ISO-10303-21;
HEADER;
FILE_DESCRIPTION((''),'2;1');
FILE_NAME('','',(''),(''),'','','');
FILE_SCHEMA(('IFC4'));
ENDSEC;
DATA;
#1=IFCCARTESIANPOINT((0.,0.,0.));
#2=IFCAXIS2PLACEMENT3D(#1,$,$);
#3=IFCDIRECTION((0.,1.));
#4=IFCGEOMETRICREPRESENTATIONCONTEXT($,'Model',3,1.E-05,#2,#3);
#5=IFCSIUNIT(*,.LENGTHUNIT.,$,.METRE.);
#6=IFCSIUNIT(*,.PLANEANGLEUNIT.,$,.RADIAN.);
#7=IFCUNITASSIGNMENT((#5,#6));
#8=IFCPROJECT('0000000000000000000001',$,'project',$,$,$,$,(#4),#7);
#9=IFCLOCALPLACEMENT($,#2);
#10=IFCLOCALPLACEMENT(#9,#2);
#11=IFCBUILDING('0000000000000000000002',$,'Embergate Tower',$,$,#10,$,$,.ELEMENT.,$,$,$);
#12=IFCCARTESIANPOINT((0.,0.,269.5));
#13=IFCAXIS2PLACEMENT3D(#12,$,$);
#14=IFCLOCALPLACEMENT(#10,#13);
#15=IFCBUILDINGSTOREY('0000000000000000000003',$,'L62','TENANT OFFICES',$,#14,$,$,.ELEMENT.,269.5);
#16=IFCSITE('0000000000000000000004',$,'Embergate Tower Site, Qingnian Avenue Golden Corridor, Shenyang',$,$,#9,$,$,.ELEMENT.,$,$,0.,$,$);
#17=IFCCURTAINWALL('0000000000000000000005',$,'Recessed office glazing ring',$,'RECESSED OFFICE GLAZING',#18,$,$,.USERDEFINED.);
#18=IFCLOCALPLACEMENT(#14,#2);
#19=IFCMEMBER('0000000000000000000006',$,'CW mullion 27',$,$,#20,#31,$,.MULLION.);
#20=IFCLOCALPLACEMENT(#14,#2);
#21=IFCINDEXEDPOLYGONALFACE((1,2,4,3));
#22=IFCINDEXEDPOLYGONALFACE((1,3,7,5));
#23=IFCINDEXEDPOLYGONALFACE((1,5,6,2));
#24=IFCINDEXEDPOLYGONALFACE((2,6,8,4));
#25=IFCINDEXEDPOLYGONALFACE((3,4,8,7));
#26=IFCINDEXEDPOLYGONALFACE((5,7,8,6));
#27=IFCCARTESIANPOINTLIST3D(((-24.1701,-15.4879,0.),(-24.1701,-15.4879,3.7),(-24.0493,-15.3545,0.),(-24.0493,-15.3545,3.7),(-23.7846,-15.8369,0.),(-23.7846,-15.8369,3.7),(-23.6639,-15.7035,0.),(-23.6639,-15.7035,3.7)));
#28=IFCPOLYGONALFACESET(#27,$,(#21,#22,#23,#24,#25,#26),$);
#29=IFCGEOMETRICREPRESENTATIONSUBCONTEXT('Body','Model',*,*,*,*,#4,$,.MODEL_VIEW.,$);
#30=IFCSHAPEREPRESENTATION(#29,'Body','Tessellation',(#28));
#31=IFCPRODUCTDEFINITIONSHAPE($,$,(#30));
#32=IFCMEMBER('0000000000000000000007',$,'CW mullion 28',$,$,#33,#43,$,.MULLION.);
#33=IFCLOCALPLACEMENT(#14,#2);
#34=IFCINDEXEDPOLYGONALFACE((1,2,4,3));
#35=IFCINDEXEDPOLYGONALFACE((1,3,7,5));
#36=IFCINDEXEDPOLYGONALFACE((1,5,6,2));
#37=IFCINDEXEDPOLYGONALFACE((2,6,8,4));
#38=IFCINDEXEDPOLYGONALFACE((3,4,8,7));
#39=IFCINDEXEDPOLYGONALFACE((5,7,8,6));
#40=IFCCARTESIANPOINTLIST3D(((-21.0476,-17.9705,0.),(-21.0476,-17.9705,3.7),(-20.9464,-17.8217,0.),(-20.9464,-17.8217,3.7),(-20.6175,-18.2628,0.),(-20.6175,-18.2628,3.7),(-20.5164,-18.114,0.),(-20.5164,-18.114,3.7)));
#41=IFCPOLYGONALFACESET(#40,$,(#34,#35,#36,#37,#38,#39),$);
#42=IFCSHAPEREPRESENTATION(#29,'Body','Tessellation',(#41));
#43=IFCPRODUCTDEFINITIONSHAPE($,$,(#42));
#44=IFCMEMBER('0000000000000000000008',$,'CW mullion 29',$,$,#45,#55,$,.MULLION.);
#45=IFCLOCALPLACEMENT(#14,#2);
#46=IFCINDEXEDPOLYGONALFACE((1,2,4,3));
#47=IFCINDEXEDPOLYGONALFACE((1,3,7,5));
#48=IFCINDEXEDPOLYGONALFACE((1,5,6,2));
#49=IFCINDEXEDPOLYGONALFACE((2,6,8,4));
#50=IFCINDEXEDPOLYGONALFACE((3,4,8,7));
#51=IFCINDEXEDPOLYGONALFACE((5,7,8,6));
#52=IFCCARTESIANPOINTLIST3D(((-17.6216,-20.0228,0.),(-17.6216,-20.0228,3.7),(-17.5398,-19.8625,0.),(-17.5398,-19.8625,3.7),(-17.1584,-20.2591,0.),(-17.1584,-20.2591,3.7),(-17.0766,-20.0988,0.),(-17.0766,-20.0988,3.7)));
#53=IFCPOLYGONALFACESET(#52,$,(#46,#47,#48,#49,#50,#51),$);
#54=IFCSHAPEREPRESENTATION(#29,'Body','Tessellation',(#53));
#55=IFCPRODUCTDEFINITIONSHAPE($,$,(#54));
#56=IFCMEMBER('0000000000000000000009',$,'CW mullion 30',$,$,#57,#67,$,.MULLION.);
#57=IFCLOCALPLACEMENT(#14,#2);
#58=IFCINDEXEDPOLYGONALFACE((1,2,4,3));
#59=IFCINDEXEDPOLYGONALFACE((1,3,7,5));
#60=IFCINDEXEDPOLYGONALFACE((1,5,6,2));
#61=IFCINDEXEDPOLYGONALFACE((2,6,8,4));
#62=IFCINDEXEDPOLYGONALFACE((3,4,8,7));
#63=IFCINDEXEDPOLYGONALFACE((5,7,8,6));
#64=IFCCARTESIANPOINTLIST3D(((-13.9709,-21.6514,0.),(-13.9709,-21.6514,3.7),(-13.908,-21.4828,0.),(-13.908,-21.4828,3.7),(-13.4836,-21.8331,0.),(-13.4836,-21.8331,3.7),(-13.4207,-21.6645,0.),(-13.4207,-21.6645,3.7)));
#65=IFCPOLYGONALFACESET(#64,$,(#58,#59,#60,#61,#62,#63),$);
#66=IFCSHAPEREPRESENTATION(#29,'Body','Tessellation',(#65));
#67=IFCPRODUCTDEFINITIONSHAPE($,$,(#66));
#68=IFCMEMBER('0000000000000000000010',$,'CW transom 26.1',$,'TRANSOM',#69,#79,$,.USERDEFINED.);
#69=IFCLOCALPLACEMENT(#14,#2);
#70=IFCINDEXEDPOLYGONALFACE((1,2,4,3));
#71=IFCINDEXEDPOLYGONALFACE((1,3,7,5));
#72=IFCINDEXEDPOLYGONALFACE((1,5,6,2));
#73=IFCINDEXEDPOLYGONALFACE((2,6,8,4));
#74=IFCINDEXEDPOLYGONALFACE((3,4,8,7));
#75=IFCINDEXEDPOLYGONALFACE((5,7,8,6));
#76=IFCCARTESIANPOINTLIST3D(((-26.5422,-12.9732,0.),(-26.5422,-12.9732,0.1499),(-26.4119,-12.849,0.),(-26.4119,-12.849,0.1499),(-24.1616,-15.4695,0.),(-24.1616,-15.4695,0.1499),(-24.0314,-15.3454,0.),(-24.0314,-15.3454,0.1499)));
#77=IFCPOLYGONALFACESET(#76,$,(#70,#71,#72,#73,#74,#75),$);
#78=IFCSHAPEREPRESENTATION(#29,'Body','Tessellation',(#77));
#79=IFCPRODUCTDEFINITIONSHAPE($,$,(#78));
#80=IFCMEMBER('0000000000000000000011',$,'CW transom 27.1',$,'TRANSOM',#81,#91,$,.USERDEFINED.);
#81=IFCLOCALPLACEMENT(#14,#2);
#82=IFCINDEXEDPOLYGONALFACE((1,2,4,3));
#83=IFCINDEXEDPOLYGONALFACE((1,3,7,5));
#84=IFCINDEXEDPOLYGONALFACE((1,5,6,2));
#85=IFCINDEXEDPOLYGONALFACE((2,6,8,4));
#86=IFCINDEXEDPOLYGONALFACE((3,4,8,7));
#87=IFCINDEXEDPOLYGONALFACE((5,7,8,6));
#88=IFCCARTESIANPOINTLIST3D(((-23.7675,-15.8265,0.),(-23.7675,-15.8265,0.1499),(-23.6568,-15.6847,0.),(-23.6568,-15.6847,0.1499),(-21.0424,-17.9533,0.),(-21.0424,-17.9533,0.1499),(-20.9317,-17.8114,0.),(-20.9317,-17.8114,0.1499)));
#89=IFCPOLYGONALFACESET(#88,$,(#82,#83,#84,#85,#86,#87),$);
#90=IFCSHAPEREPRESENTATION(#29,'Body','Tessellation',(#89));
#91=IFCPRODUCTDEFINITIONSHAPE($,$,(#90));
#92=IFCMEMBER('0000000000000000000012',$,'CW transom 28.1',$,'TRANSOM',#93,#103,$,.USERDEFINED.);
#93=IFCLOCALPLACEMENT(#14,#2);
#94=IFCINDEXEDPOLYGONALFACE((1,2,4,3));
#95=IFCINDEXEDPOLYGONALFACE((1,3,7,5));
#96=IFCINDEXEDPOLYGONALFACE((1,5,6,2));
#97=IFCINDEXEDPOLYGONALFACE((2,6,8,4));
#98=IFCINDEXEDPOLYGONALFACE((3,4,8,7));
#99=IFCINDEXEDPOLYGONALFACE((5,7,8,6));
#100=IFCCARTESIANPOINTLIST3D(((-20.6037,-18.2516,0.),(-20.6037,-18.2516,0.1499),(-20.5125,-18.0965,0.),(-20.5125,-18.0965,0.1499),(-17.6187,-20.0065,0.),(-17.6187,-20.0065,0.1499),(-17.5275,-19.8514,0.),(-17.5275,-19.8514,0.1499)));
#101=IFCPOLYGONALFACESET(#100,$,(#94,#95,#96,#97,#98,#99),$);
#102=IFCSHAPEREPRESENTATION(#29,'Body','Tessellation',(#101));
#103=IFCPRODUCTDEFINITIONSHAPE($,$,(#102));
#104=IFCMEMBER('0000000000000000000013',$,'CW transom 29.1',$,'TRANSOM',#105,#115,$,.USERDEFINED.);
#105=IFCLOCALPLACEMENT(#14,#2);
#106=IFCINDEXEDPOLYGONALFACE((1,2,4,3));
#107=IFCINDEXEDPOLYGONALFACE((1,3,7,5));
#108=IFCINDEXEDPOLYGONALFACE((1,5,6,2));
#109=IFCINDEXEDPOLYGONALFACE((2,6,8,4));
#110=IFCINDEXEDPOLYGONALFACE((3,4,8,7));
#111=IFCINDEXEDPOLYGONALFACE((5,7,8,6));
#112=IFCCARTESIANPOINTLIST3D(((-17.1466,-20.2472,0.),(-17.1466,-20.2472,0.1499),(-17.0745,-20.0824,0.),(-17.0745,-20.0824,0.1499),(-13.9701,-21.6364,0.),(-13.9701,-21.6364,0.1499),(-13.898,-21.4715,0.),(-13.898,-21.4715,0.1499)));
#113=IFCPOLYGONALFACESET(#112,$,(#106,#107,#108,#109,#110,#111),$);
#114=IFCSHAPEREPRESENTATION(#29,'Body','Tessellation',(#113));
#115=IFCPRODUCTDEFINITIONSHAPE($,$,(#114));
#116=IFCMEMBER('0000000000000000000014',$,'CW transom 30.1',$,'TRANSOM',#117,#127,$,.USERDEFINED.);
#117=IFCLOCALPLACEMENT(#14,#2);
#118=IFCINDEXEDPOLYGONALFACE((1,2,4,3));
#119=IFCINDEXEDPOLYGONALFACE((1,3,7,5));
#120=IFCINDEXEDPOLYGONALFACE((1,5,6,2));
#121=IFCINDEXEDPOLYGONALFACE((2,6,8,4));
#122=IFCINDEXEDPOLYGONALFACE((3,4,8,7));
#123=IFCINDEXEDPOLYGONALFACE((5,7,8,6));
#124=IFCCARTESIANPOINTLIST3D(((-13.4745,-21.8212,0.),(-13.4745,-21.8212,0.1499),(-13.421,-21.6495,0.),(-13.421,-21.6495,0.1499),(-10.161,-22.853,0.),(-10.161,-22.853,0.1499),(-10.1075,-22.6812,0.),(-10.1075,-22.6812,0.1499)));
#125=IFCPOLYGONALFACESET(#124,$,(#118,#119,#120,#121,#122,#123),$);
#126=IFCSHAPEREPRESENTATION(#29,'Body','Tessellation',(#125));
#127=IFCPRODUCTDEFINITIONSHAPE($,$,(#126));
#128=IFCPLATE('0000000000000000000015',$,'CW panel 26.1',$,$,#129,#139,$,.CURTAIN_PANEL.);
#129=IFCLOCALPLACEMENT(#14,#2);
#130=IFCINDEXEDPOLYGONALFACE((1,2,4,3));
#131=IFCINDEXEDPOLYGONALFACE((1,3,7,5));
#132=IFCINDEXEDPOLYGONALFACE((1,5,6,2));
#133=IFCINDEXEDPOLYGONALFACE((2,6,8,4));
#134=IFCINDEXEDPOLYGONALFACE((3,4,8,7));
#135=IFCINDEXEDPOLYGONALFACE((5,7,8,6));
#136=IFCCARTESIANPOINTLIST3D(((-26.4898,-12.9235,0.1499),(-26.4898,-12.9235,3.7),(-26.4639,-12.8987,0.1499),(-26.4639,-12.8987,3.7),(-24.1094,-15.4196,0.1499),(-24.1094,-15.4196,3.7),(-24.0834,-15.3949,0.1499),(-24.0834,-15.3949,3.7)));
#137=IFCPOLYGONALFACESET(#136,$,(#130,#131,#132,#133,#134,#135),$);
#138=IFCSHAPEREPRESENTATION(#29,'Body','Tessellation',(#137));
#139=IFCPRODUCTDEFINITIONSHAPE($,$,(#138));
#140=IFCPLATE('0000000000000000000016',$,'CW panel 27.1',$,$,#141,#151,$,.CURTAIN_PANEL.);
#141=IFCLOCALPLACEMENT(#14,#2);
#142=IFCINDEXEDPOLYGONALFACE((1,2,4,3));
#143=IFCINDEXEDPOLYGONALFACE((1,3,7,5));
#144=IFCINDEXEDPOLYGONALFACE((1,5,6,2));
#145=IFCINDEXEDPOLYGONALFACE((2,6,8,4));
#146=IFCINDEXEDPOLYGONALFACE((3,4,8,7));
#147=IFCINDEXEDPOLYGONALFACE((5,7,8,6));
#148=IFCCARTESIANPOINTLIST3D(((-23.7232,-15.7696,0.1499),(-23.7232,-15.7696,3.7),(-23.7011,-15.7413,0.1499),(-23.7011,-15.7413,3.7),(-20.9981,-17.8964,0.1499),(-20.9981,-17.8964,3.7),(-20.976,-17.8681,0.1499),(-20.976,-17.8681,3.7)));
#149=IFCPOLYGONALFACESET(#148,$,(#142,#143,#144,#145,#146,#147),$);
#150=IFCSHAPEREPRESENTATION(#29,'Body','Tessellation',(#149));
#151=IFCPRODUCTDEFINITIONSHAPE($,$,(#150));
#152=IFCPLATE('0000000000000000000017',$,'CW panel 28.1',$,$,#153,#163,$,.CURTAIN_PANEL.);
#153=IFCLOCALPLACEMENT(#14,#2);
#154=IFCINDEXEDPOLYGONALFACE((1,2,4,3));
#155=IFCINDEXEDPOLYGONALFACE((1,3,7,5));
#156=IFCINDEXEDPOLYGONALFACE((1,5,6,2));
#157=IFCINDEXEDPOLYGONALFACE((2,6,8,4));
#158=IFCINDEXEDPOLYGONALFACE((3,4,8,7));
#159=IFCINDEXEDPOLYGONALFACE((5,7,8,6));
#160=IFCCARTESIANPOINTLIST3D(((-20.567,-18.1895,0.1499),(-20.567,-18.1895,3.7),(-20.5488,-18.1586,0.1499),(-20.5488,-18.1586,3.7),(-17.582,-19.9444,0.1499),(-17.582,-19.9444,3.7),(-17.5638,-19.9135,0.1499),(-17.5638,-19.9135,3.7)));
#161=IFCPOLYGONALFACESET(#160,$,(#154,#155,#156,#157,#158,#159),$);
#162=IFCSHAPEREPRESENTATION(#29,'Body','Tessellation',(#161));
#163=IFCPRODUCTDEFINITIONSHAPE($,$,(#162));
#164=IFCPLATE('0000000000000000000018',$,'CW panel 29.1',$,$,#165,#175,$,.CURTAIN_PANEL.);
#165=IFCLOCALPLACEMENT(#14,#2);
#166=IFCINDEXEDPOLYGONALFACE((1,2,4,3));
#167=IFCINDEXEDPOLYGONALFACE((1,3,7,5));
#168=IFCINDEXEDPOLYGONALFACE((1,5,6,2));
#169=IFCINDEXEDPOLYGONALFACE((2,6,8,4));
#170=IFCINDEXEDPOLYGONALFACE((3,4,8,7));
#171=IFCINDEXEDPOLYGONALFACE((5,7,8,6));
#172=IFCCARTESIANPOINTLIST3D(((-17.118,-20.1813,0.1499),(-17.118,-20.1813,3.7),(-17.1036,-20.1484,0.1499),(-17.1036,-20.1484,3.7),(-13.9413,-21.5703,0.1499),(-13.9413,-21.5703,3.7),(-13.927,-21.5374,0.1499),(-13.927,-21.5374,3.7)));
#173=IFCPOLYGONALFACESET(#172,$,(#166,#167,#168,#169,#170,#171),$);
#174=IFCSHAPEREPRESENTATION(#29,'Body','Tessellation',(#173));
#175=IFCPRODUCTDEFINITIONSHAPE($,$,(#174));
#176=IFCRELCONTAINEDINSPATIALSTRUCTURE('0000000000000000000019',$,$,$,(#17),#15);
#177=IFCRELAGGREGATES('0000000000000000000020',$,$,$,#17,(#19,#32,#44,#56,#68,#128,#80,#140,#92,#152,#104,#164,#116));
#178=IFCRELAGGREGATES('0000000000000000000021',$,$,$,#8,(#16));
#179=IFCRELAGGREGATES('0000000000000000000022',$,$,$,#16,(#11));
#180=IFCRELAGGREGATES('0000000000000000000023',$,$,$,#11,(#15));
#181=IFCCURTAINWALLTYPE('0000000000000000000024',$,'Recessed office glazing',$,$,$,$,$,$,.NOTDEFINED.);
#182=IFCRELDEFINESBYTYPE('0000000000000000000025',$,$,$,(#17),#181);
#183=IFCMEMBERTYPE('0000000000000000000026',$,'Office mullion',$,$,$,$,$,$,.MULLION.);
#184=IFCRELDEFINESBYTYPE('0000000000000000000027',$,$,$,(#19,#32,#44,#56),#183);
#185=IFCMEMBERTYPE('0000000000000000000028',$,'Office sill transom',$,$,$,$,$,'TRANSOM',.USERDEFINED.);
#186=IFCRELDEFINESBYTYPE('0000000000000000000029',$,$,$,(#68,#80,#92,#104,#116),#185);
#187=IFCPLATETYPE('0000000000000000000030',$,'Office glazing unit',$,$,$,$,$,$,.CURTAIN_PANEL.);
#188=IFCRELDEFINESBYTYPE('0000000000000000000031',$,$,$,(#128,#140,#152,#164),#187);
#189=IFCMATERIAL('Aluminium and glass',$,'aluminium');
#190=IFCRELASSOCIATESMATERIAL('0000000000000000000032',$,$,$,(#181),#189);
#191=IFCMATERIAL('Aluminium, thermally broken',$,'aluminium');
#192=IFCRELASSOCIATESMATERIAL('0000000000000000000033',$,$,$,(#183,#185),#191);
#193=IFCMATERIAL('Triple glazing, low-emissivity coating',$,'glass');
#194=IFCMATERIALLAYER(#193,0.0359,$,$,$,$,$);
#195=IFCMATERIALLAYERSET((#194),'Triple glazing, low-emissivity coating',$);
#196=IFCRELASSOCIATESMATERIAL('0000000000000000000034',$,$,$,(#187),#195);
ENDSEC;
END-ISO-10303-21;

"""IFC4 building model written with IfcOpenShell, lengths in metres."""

from ifc_helpers import new_model, si_unit, direction, frame, origin, origin_2d, place, context, subcontext, project, spatial, rectangle, extrude, source, transform, mapped, material, layer, layer_set, material_profile, profile_set, type_object, element, aggregate, save


model = new_model("IFC4")

# Units and contexts
model_context = context("Model", 3, precision=1e-05, world=origin(), true_north=direction((0.0, 1.0)))
body_context = subcontext(model_context, "Body", "Model", "MODEL_VIEW")
ifc_project = project(units=[si_unit("LENGTHUNIT", "METRE"), si_unit("PLANEANGLEUNIT", "RADIAN")], contexts=[model_context])

# Site, building, storey
site_placement = place(None, origin())
site = spatial("IfcSite", under=ifc_project, at=site_placement, Name="Embergate Tower Site, Qingnian Avenue Golden Corridor, Shenyang", CompositionType="ELEMENT", RefElevation=0.0)
building_placement = place(site_placement, origin())
building = spatial("IfcBuilding", under=site, at=building_placement, Name="Embergate Tower", CompositionType="ELEMENT")
storey_placement = place(building_placement, frame((0.0, 0.0, 269.5)))
storey = spatial("IfcBuildingStorey", under=building, at=storey_placement, Name="L62", Description="TENANT OFFICES", CompositionType="ELEMENT", Elevation=269.5)

# Curtain wall, members, plates
ifc_material_1 = material(Name="Aluminium and glass", Category="aluminium")
curtain_wall_type = type_object("IfcCurtainWallType", Name="Recessed office glazing", PredefinedType="NOTDEFINED", material=ifc_material_1)
curtain_wall_placement = place(storey_placement, origin())
curtain_wall = element("IfcCurtainWall", 1, at=curtain_wall_placement, inside=storey, type_object=curtain_wall_type, Name="Recessed office glazing ring", ObjectType="RECESSED OFFICE GLAZING", PredefinedType="USERDEFINED")
ifc_material_2 = material(Name="Aluminium, thermally broken", Category="aluminium")
ifc_material_profile_1 = material_profile(ifc_material_2, rectangle(XDim=0.1799, YDim=0.52, at=origin_2d()), Name="AL 520x180")
ifc_profile_set_1 = profile_set([ifc_material_profile_1], Name="Aluminium, thermally broken")
member_type_1 = type_object("IfcMemberType", Name="Office mullion", PredefinedType="MULLION", material=ifc_profile_set_1)
shared_shape_1 = source(origin(), body_context, "Body", "SweptSolid", [
    extrude(rectangle(XDim=0.1799, YDim=0.52, at=origin_2d()), origin(), (0.0, 0.0, 1.0), 3.7),
])
member_1_placement = place(storey_placement, frame((-23.917, -15.5957, 0.0), z_axis=(0.0, 0.0, 1.0), x_axis=(0.671216, 0.741262, 0.0)))
member_1 = element("IfcMember", 2, at=member_1_placement, type_object=member_type_1, Name="CW mullion 27", PredefinedType="MULLION", context=body_context, shape_type="MappedRepresentation", body=[
    mapped(shared_shape_1, transform((0.0, 0.0, 0.0))),
])
member_2_placement = place(storey_placement, frame((-20.782, -18.0422, 0.0), z_axis=(0.0, 0.0, 1.0), x_axis=(0.562208, 0.826996, 0.0)))
member_2 = element("IfcMember", 3, at=member_2_placement, type_object=member_type_1, Name="CW mullion 28", PredefinedType="MULLION", context=body_context, shape_type="MappedRepresentation", body=[
    mapped(shared_shape_1, transform((0.0, 0.0, 0.0))),
])
member_3_placement = place(storey_placement, frame((-17.3491, -20.0608, 0.0), z_axis=(0.0, 0.0, 1.0), x_axis=(0.454504, 0.890745, 0.0)))
member_3 = element("IfcMember", 4, at=member_3_placement, type_object=member_type_1, Name="CW mullion 29", PredefinedType="MULLION", context=body_context, shape_type="MappedRepresentation", body=[
    mapped(shared_shape_1, transform((0.0, 0.0, 0.0))),
])
member_4_placement = place(storey_placement, frame((-13.6958, -21.658, 0.0), z_axis=(0.0, 0.0, 1.0), x_axis=(0.349496, 0.936938, 0.0)))
member_4 = element("IfcMember", 5, at=member_4_placement, type_object=member_type_1, Name="CW mullion 30", PredefinedType="MULLION", context=body_context, shape_type="MappedRepresentation", body=[
    mapped(shared_shape_1, transform((0.0, 0.0, 0.0))),
])
ifc_material_profile_2 = material_profile(ifc_material_2, rectangle(XDim=0.1799, YDim=0.1499, at=origin_2d()), Name="AL 150x180")
ifc_profile_set_2 = profile_set([ifc_material_profile_2], Name="Aluminium, thermally broken")
member_type_2 = type_object("IfcMemberType", Name="Office sill transom", ElementType="TRANSOM", PredefinedType="USERDEFINED", material=ifc_profile_set_2)
shared_shape_2 = source(origin(), body_context, "Body", "SweptSolid", [
    extrude(rectangle(XDim=0.1799, YDim=0.1499, at=origin_2d()), origin(), (0.0, 0.0, 1.0), 3.4495),
])
member_5_placement = place(storey_placement, frame((-26.4771, -12.9111, 0.075), z_axis=(0.690134, -0.723682, 0.0), x_axis=(0.723682, 0.690134, 0.0)))
member_5 = element("IfcMember", 6, at=member_5_placement, type_object=member_type_2, Name="CW transom 26.1", ObjectType="TRANSOM", PredefinedType="USERDEFINED", context=body_context, shape_type="MappedRepresentation", body=[
    mapped(shared_shape_2, transform((0.0, 0.0, 0.0))),
])
shared_shape_3 = source(origin(), body_context, "Body", "SweptSolid", [
    extrude(rectangle(XDim=0.1799, YDim=0.1499, at=origin_2d()), origin(), (0.0, 0.0, 1.0), 3.4568),
])
member_6_placement = place(storey_placement, frame((-23.7122, -15.7556, 0.075), z_axis=(0.788343, -0.615236, 0.0), x_axis=(0.615236, 0.788343, 0.0)))
member_6 = element("IfcMember", 7, at=member_6_placement, type_object=member_type_2, Name="CW transom 27.1", ObjectType="TRANSOM", PredefinedType="USERDEFINED", context=body_context, shape_type="MappedRepresentation", body=[
    mapped(shared_shape_3, transform((0.0, 0.0, 0.0))),
])
shared_shape_4 = source(origin(), body_context, "Body", "SweptSolid", [
    extrude(rectangle(XDim=0.1799, YDim=0.1499, at=origin_2d()), origin(), (0.0, 0.0, 1.0), 3.4626),
])
member_7_placement = place(storey_placement, frame((-20.5581, -18.1741, 0.075), z_axis=(0.862068, -0.506792, 0.0), x_axis=(0.506792, 0.862068, 0.0)))
member_7 = element("IfcMember", 8, at=member_7_placement, type_object=member_type_2, Name="CW transom 28.1", ObjectType="TRANSOM", PredefinedType="USERDEFINED", context=body_context, shape_type="MappedRepresentation", body=[
    mapped(shared_shape_4, transform((0.0, 0.0, 0.0))),
])
shared_shape_5 = source(origin(), body_context, "Body", "SweptSolid", [
    extrude(rectangle(XDim=0.1799, YDim=0.1499, at=origin_2d()), origin(), (0.0, 0.0, 1.0), 3.467),
])
member_8_placement = place(storey_placement, frame((-17.1106, -20.1648, 0.075), z_axis=(0.916217, -0.400682, 0.0), x_axis=(0.400682, 0.916217, 0.0)))
member_8 = element("IfcMember", 9, at=member_8_placement, type_object=member_type_2, Name="CW transom 29.1", ObjectType="TRANSOM", PredefinedType="USERDEFINED", context=body_context, shape_type="MappedRepresentation", body=[
    mapped(shared_shape_5, transform((0.0, 0.0, 0.0))),
])
shared_shape_6 = source(origin(), body_context, "Body", "SweptSolid", [
    extrude(rectangle(XDim=0.1799, YDim=0.1499, at=origin_2d()), origin(), (0.0, 0.0, 1.0), 3.4705),
])
member_9_placement = place(storey_placement, frame((-13.4478, -21.7354, 0.075), z_axis=(0.954785, -0.297297, 0.0), x_axis=(0.297297, 0.954785, 0.0)))
member_9 = element("IfcMember", 10, at=member_9_placement, type_object=member_type_2, Name="CW transom 30.1", ObjectType="TRANSOM", PredefinedType="USERDEFINED", context=body_context, shape_type="MappedRepresentation", body=[
    mapped(shared_shape_6, transform((0.0, 0.0, 0.0))),
])
ifc_material_3 = material(Name="Triple glazing, low-emissivity coating", Category="glass")
ifc_layer_1 = layer(ifc_material_3, 0.0359)
ifc_layer_set_1 = layer_set([ifc_layer_1], Name="Triple glazing, low-emissivity coating")
plate_type = type_object("IfcPlateType", Name="Office glazing unit", PredefinedType="CURTAIN_PANEL", material=ifc_layer_set_1)
shared_shape_7 = source(origin(), body_context, "Body", "SweptSolid", [
    extrude(rectangle(XDim=3.4492, YDim=0.0359, at=origin_2d()), origin(), (0.0, 0.0, 1.0), 3.55),
])
plate_1_placement = place(storey_placement, frame((-25.2866, -14.1592, 0.1499), z_axis=(0.0, 0.0, 1.0), x_axis=(0.690139, -0.723677, 0.0)))
plate_1 = element("IfcPlate", 11, at=plate_1_placement, type_object=plate_type, Name="CW panel 26.1", PredefinedType="CURTAIN_PANEL", context=body_context, shape_type="MappedRepresentation", body=[
    mapped(shared_shape_7, transform((0.0, 0.0, 0.0))),
])
shared_shape_8 = source(origin(), body_context, "Body", "SweptSolid", [
    extrude(rectangle(XDim=3.4568, YDim=0.0359, at=origin_2d()), origin(), (0.0, 0.0, 1.0), 3.55),
])
plate_2_placement = place(storey_placement, frame((-22.3496, -16.8188, 0.1499), z_axis=(0.0, 0.0, 1.0), x_axis=(0.788323, -0.615261, 0.0)))
plate_2 = element("IfcPlate", 12, at=plate_2_placement, type_object=plate_type, Name="CW panel 27.1", PredefinedType="CURTAIN_PANEL", context=body_context, shape_type="MappedRepresentation", body=[
    mapped(shared_shape_8, transform((0.0, 0.0, 0.0))),
])
shared_shape_9 = source(origin(), body_context, "Body", "SweptSolid", [
    extrude(rectangle(XDim=3.4626, YDim=0.0359, at=origin_2d()), origin(), (0.0, 0.0, 1.0), 3.55),
])
plate_3_placement = place(storey_placement, frame((-19.0654, -19.0515, 0.1499), z_axis=(0.0, 0.0, 1.0), x_axis=(0.862055, -0.506815, 0.0)))
plate_3 = element("IfcPlate", 13, at=plate_3_placement, type_object=plate_type, Name="CW panel 28.1", PredefinedType="CURTAIN_PANEL", context=body_context, shape_type="MappedRepresentation", body=[
    mapped(shared_shape_9, transform((0.0, 0.0, 0.0))),
])
shared_shape_10 = source(origin(), body_context, "Body", "SweptSolid", [
    extrude(rectangle(XDim=3.467, YDim=0.0359, at=origin_2d()), origin(), (0.0, 0.0, 1.0), 3.55),
])
plate_4_placement = place(storey_placement, frame((-15.5225, -20.8594, 0.1499), z_axis=(0.0, 0.0, 1.0), x_axis=(0.916238, -0.400635, 0.0)))
plate_4 = element("IfcPlate", 14, at=plate_4_placement, type_object=plate_type, Name="CW panel 29.1", PredefinedType="CURTAIN_PANEL", context=body_context, shape_type="MappedRepresentation", body=[
    mapped(shared_shape_10, transform((0.0, 0.0, 0.0))),
])
aggregate(curtain_wall, [member_1, member_2, member_3, member_4, member_5, plate_1, member_6, plate_2, member_7, plate_3, member_8, plate_4, member_9])

save(model, "model.ifc")
